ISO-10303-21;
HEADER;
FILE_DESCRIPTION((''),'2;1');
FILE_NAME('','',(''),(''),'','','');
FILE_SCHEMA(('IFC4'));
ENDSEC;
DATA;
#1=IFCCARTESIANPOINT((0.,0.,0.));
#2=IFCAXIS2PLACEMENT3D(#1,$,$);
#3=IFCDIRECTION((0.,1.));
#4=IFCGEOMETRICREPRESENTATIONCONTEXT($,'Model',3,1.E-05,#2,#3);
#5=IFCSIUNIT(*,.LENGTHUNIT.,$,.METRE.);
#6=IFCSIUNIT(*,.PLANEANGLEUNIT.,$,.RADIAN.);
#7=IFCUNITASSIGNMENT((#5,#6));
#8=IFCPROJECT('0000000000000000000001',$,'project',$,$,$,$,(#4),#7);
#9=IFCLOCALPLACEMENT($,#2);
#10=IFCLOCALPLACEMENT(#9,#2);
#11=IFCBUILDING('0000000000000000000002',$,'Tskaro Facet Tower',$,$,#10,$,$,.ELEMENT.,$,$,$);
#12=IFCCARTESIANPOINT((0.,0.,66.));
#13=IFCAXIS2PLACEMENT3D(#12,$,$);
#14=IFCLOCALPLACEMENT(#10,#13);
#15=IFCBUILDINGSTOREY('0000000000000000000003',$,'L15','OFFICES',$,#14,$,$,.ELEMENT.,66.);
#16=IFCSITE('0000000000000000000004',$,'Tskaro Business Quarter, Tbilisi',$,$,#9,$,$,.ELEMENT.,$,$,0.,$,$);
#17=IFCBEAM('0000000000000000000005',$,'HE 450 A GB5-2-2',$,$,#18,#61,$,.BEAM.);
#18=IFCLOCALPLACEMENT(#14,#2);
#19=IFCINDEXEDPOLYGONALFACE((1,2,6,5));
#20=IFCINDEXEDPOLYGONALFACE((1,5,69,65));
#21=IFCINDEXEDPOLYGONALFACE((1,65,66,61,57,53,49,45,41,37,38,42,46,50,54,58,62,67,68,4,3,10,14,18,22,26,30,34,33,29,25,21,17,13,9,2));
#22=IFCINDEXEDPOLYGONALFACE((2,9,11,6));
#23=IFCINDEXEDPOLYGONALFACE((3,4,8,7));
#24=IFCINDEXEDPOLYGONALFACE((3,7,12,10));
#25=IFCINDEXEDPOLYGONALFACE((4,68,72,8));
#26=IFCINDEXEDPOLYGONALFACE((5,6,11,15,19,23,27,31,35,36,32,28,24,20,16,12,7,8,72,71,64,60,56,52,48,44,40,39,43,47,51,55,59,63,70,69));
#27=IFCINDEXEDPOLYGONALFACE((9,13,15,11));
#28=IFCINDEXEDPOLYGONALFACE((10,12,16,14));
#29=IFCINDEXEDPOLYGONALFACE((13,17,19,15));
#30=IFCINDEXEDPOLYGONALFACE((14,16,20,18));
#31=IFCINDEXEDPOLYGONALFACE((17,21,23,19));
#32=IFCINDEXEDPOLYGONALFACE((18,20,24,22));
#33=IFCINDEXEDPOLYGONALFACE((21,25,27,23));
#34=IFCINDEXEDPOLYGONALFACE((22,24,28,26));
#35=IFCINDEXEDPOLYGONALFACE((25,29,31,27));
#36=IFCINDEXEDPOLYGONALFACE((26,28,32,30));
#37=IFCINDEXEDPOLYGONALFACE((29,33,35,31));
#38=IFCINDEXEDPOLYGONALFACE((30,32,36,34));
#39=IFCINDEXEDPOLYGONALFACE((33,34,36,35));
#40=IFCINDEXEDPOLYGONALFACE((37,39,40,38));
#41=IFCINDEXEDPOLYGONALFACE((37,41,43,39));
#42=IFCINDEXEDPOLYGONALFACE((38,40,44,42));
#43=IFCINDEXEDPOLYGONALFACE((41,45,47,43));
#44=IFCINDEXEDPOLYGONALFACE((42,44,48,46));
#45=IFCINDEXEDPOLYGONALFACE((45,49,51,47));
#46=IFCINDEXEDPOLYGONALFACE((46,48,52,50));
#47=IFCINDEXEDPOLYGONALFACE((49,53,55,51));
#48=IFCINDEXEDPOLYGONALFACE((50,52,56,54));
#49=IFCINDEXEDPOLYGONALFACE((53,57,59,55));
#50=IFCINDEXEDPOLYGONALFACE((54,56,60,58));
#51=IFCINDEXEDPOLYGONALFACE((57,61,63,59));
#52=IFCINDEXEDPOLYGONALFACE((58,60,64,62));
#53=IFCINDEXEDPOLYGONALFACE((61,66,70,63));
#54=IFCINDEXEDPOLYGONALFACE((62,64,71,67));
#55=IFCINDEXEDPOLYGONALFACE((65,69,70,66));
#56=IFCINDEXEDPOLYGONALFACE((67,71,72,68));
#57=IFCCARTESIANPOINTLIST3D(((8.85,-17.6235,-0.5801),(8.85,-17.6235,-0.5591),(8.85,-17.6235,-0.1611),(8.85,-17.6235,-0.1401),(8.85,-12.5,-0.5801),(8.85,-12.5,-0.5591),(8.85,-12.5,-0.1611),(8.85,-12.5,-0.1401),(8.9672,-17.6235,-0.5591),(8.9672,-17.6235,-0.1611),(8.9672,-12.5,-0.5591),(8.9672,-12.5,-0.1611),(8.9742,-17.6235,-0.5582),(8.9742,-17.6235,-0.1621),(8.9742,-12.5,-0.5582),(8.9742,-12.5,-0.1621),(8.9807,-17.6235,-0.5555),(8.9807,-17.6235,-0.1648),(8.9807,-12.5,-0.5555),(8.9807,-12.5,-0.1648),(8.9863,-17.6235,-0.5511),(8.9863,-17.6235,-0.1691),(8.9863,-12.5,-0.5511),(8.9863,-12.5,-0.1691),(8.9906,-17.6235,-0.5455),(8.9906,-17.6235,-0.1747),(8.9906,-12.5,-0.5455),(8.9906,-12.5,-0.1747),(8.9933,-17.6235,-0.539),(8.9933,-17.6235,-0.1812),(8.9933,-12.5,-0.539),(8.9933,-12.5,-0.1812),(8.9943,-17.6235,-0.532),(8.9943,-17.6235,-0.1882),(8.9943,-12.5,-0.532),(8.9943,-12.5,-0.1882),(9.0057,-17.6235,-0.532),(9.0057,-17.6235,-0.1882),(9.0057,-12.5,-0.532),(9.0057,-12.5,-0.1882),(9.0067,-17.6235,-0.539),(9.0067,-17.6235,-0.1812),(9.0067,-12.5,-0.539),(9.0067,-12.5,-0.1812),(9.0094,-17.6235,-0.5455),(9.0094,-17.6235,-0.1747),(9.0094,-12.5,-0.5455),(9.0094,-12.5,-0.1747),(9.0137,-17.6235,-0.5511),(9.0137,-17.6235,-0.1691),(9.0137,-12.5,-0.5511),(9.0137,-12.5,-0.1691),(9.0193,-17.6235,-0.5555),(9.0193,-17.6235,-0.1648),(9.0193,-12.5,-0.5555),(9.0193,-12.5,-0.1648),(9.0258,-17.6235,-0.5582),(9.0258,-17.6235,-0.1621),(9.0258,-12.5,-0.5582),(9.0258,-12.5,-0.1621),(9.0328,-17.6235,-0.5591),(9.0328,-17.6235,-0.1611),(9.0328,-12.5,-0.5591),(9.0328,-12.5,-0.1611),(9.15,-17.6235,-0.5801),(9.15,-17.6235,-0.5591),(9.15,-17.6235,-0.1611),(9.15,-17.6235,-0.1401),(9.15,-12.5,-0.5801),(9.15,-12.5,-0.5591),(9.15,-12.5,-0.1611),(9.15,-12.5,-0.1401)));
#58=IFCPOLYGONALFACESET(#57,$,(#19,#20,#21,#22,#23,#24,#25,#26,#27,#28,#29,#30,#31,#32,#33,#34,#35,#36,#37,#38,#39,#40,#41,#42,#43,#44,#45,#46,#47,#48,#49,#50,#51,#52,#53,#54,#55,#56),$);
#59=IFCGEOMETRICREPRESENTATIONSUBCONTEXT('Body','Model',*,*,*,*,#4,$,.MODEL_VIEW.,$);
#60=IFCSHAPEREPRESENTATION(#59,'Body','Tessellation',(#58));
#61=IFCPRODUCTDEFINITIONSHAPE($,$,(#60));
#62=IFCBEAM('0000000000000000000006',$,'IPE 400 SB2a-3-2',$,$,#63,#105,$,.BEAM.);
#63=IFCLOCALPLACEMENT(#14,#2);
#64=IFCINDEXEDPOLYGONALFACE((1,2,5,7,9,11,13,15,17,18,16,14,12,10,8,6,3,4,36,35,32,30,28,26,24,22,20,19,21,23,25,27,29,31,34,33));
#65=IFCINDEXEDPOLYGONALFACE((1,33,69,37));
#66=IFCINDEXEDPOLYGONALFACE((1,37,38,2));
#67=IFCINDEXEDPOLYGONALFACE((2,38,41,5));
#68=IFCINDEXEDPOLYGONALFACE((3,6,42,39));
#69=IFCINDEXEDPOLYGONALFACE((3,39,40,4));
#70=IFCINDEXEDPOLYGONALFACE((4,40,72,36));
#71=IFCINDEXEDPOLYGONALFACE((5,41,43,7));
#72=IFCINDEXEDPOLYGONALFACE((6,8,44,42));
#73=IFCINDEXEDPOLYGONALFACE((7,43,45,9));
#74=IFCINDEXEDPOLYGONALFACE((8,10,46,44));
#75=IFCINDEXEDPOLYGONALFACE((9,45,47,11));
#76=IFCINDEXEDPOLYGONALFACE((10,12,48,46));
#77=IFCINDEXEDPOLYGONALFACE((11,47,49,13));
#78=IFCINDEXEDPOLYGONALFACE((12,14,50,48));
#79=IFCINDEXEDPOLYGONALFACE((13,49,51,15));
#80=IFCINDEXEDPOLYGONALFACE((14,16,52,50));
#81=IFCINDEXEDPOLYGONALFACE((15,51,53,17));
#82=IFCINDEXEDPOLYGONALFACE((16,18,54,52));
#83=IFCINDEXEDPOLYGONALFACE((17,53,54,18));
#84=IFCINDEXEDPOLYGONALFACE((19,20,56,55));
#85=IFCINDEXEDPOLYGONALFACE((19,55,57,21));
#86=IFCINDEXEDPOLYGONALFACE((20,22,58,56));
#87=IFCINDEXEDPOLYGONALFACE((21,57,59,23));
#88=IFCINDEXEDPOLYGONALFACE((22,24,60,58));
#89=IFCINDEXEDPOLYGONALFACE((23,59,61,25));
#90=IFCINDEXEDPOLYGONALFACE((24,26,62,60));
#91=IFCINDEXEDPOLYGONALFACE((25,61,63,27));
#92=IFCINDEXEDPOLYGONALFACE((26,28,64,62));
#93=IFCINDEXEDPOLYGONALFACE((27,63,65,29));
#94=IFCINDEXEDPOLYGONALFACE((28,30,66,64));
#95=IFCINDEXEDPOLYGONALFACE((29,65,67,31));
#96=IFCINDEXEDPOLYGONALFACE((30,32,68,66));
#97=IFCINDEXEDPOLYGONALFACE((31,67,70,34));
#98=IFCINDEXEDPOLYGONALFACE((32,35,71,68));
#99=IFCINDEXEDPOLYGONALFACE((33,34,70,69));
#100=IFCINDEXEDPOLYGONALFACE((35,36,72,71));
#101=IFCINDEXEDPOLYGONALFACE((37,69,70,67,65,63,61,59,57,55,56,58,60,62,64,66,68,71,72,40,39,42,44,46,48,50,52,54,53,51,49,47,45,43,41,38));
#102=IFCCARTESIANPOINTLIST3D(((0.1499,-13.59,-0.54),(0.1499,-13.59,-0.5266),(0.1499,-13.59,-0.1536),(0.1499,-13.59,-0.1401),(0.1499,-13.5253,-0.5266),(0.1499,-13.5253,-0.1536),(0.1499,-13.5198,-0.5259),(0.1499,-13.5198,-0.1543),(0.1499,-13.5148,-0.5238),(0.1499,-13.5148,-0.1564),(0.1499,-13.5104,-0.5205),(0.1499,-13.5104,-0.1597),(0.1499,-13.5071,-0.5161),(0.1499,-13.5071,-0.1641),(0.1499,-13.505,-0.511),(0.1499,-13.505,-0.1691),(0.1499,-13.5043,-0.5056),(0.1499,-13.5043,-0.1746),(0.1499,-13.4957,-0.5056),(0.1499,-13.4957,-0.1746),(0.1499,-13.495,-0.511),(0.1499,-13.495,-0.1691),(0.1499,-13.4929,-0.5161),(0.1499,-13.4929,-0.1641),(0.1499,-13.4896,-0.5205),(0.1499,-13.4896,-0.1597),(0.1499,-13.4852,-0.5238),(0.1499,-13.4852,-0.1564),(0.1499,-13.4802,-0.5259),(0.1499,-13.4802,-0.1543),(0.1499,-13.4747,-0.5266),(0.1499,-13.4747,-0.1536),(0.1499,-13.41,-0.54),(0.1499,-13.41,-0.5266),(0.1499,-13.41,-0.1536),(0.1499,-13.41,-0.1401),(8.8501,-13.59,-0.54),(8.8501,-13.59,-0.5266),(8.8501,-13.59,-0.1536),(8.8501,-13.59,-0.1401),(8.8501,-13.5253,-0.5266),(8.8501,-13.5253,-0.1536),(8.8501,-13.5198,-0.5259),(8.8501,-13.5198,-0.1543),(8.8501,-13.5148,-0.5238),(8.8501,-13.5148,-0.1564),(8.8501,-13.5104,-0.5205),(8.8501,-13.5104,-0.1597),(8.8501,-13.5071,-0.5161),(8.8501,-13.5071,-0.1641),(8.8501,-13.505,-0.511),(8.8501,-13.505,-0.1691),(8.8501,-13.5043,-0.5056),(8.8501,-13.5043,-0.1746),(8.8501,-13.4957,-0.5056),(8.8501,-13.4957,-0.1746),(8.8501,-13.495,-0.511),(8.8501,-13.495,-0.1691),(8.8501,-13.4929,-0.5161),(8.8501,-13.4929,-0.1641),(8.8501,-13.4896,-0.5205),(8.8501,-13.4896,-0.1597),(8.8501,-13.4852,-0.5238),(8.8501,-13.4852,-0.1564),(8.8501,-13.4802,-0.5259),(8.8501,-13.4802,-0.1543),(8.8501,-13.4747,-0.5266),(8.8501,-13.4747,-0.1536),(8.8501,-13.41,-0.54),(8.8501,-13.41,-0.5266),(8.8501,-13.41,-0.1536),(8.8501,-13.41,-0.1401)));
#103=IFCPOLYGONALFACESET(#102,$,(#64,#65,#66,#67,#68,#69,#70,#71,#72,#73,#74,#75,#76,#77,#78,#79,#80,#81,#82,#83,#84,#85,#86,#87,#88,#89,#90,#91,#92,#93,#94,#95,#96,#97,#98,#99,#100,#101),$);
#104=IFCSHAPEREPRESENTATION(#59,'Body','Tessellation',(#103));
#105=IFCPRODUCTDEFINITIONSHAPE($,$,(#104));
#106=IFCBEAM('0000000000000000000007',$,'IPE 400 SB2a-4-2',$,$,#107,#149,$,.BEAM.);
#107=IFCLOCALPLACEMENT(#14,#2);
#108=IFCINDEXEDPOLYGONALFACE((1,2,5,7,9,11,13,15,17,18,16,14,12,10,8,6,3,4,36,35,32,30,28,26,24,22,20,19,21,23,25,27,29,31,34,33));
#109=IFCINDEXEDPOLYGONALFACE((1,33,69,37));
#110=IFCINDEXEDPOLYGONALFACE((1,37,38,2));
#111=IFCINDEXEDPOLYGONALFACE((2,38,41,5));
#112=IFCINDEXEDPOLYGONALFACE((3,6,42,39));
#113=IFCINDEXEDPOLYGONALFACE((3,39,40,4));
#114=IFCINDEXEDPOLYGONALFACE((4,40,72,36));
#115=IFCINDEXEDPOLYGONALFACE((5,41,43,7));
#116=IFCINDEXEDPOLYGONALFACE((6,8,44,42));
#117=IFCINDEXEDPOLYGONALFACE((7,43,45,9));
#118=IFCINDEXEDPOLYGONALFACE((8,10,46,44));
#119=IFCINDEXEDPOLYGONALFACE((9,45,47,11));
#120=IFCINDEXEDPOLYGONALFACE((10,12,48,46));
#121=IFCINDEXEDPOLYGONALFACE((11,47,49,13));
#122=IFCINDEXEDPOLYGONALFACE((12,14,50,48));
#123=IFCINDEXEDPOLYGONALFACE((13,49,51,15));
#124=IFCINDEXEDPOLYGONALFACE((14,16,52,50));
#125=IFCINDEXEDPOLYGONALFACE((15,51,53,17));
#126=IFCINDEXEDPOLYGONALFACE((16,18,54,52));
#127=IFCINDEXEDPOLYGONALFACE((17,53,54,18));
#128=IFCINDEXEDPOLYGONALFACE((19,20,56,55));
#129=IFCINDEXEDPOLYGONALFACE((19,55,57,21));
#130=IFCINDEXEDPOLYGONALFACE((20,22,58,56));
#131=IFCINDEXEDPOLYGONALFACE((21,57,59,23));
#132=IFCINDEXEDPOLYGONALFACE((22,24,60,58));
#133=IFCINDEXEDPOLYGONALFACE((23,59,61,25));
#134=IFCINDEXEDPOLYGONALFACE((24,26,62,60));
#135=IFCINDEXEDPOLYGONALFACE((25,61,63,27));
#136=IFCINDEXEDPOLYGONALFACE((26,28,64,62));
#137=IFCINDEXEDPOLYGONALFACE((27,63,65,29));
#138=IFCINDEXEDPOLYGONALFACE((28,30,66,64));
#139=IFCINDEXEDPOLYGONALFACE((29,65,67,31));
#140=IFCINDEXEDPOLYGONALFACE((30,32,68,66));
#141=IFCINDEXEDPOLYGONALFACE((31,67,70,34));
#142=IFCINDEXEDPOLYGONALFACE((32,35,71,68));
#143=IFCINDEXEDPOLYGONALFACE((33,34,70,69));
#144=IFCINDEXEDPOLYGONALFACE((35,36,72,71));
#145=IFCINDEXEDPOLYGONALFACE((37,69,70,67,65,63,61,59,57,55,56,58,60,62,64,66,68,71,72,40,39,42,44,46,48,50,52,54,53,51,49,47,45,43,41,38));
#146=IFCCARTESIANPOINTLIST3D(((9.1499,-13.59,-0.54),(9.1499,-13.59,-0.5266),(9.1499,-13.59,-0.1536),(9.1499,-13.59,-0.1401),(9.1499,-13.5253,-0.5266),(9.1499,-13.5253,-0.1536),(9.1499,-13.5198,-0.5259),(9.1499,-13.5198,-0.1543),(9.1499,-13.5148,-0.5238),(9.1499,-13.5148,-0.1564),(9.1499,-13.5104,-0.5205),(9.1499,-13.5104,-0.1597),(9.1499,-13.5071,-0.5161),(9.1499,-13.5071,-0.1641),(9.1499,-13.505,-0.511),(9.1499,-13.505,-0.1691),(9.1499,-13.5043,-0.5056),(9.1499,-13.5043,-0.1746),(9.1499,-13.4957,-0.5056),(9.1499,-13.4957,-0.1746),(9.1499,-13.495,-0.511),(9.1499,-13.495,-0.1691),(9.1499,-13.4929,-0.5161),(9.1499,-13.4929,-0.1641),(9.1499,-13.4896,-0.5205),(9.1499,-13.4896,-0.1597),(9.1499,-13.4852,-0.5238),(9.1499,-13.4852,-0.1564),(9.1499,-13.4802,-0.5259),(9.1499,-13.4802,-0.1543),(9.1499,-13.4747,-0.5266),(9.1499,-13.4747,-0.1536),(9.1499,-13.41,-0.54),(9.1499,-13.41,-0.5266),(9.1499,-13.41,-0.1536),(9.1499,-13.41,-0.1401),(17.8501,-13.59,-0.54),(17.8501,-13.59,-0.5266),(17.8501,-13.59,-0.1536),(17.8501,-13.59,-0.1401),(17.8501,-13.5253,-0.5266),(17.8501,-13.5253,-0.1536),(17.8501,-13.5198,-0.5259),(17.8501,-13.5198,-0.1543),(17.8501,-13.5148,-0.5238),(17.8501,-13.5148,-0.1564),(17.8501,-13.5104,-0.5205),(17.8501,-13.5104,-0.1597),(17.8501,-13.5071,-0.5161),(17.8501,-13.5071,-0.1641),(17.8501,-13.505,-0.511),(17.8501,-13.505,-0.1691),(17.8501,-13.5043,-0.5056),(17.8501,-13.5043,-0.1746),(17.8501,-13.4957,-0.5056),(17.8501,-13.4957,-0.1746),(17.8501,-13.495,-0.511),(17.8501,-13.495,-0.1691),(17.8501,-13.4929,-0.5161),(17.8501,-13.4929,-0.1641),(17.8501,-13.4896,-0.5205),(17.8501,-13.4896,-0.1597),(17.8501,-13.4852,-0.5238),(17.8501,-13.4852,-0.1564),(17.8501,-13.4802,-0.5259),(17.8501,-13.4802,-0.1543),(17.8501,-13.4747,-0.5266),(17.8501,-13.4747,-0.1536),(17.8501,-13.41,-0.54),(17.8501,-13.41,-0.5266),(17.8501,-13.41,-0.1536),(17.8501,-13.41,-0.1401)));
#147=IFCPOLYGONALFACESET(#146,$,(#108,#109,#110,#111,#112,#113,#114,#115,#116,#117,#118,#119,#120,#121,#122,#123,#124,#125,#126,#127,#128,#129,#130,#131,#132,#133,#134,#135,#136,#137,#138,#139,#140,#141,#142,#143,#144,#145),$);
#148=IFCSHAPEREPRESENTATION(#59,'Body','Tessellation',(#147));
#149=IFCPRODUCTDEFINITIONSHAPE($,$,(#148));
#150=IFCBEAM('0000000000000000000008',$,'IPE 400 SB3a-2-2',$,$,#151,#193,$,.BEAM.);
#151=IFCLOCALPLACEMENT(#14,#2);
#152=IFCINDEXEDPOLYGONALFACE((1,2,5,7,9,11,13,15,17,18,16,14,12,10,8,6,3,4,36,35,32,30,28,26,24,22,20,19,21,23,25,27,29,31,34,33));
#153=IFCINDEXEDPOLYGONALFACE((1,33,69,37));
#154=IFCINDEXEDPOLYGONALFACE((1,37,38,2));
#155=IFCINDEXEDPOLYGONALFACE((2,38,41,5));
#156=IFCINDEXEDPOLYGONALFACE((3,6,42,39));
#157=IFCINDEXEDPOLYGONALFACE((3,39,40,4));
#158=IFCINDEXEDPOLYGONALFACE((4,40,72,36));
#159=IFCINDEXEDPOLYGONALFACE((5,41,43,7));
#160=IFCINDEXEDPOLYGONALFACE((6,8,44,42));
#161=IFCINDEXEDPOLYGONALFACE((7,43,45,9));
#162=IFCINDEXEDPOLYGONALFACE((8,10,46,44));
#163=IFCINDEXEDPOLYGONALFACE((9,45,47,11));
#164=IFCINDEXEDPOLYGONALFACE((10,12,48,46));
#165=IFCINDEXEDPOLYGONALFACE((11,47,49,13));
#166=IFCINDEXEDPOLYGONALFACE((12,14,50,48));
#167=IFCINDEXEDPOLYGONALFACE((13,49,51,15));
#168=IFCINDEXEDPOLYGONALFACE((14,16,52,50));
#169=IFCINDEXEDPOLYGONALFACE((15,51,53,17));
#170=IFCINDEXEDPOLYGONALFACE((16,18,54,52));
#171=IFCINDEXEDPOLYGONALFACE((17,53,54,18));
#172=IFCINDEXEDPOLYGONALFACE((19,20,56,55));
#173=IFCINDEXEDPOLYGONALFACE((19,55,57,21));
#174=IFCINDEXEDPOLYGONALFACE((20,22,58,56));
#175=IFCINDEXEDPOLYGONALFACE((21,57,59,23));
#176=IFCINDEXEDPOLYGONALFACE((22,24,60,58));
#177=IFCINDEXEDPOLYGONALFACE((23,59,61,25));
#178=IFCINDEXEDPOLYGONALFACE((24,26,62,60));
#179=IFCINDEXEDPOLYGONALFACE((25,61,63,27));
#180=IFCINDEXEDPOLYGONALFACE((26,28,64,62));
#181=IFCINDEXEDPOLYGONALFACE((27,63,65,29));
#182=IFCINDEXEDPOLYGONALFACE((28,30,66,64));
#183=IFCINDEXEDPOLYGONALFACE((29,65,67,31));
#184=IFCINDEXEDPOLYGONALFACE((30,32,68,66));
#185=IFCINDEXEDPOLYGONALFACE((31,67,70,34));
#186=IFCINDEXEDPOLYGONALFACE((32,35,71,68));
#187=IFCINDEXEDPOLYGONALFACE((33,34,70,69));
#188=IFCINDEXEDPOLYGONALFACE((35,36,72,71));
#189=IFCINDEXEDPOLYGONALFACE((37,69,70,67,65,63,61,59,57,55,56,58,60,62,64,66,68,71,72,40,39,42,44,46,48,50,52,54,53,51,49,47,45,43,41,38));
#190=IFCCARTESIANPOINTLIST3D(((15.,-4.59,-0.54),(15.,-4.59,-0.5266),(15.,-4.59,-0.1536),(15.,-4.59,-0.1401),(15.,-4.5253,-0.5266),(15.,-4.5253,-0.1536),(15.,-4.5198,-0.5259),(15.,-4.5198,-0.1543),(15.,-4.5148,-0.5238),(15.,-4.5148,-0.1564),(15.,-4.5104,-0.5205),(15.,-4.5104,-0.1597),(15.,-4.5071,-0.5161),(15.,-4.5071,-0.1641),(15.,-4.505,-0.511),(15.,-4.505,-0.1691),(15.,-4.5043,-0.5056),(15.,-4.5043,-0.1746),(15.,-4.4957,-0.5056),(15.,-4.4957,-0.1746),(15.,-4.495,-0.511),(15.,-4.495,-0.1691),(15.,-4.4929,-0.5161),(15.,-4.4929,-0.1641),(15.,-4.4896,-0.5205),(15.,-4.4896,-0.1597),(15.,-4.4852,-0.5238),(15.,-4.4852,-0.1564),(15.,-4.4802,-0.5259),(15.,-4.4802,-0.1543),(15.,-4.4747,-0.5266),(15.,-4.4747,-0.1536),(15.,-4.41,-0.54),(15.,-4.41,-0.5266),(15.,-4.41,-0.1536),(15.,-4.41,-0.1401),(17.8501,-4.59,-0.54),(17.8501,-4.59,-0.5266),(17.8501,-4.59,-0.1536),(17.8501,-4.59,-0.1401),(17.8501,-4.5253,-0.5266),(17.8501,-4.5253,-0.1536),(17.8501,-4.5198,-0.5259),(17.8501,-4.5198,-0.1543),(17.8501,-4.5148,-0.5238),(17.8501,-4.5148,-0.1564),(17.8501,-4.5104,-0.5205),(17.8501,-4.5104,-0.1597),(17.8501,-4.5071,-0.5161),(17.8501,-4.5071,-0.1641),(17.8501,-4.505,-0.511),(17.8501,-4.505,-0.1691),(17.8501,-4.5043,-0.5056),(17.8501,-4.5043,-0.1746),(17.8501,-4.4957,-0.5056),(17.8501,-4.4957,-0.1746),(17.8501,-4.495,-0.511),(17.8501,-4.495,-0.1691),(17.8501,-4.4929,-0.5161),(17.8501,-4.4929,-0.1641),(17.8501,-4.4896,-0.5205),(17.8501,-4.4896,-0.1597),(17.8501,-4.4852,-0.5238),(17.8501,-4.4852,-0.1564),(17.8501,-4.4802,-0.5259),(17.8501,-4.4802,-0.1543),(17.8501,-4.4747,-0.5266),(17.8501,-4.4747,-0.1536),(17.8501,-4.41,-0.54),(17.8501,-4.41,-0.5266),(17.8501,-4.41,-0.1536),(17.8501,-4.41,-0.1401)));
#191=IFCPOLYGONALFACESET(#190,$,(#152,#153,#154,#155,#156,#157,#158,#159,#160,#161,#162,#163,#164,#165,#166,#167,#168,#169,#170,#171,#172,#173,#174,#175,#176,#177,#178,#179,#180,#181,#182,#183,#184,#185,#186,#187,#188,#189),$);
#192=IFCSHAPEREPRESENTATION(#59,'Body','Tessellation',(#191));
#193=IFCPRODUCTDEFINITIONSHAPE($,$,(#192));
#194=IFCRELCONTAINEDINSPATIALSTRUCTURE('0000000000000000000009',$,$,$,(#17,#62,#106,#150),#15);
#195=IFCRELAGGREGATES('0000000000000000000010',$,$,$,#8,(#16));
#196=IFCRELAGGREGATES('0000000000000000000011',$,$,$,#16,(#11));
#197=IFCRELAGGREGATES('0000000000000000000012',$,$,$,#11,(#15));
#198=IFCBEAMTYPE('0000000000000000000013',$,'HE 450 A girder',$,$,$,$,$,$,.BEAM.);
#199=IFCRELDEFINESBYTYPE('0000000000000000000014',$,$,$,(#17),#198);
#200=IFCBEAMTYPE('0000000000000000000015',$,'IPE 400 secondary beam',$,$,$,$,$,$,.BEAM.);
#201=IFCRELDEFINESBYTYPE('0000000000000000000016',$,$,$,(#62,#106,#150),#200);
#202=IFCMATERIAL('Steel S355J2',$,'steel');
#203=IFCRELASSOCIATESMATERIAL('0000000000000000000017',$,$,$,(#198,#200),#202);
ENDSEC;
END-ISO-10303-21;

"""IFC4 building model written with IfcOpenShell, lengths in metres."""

from ifc_helpers import new_model, si_unit, direction, frame, origin, origin_2d, place, context, subcontext, project, spatial, i_section, extrude, material, material_profile, profile_set, type_object, element, save


model = new_model("IFC4")

# Units and contexts
model_context = context("Model", 3, precision=1e-05, world=origin(), true_north=direction((0.0, 1.0)))
body_context = subcontext(model_context, "Body", "Model", "MODEL_VIEW")
ifc_project = project(units=[si_unit("LENGTHUNIT", "METRE"), si_unit("PLANEANGLEUNIT", "RADIAN")], contexts=[model_context])

# Site, building, storey
site_placement = place(None, origin())
site = spatial("IfcSite", under=ifc_project, at=site_placement, Name="Tskaro Business Quarter, Tbilisi", CompositionType="ELEMENT", RefElevation=0.0)
building_placement = place(site_placement, origin())
building = spatial("IfcBuilding", under=site, at=building_placement, Name="Tskaro Facet Tower", CompositionType="ELEMENT")
storey_placement = place(building_placement, frame((0.0, 0.0, 66.0)))
storey = spatial("IfcBuildingStorey", under=building, at=storey_placement, Name="L15", Description="OFFICES", CompositionType="ELEMENT", Elevation=66.0)

# Beams
ifc_material_1 = material(Name="Steel S355J2", Category="steel")
ifc_material_profile_1 = material_profile(ifc_material_1, i_section(OverallWidth=0.3, OverallDepth=0.4399, WebThickness=0.0115, FlangeThickness=0.021, FilletRadius=0.0271, at=origin_2d()), Name="HE 450 A")
ifc_profile_set_1 = profile_set([ifc_material_profile_1], Name="Steel S355J2")
beam_type_1 = type_object("IfcBeamType", Name="HE 450 A girder", PredefinedType="BEAM", material=ifc_profile_set_1)
beam_1_placement = place(storey_placement, frame((9.0, -17.6235, -0.3601), z_axis=(0.0, 1.0, 0.0), x_axis=(-1.0, 0.0, 0.0)))
element("IfcBeam", 1, at=beam_1_placement, inside=storey, type_object=beam_type_1, Name="HE 450 A GB5-2-2", PredefinedType="BEAM", context=body_context, shape_type="SweptSolid", body=[
    extrude(i_section(OverallWidth=0.3, OverallDepth=0.4399, WebThickness=0.0115, FlangeThickness=0.021, FilletRadius=0.0271, at=origin_2d()), origin(), (0.0, 0.0, 1.0), 5.1235),
])
ifc_material_profile_2 = material_profile(ifc_material_1, i_section(OverallWidth=0.1799, OverallDepth=0.3999, WebThickness=0.0085, FlangeThickness=0.0134, FilletRadius=0.021, at=origin_2d()), Name="IPE 400")
ifc_profile_set_2 = profile_set([ifc_material_profile_2], Name="Steel S355J2")
beam_type_2 = type_object("IfcBeamType", Name="IPE 400 secondary beam", PredefinedType="BEAM", material=ifc_profile_set_2)
for number, where, z_axis, x_axis, name in (
    (2, (0.1499, -13.5, -0.3401), (1.0, 0.0, 0.0), (0.0, 1.0, 0.0), "IPE 400 SB2a-3-2"),
    (3, (9.1499, -13.5, -0.3401), (1.0, 0.0, 0.0), (0.0, 1.0, 0.0), "IPE 400 SB2a-4-2"),
):
    element("IfcBeam", number, at=place(storey_placement, frame(where, z_axis=z_axis, x_axis=x_axis)), inside=storey, type_object=beam_type_2, Name=name, PredefinedType="BEAM", context=body_context, shape_type="SweptSolid", body=[
        extrude(i_section(OverallWidth=0.1799, OverallDepth=0.3999, WebThickness=0.0085, FlangeThickness=0.0134, FilletRadius=0.021, at=origin_2d()), origin(), (0.0, 0.0, 1.0), 8.7002),
    ])
beam_2_placement = place(storey_placement, frame((15.0, -4.5, -0.3401), z_axis=(1.0, 0.0, 0.0), x_axis=(0.0, 1.0, 0.0)))
element("IfcBeam", 4, at=beam_2_placement, inside=storey, type_object=beam_type_2, Name="IPE 400 SB3a-2-2", PredefinedType="BEAM", context=body_context, shape_type="SweptSolid", body=[
    extrude(i_section(OverallWidth=0.1799, OverallDepth=0.3999, WebThickness=0.0085, FlangeThickness=0.0134, FilletRadius=0.021, at=origin_2d()), origin(), (0.0, 0.0, 1.0), 2.8501),
])

save(model, "model.ifc")
